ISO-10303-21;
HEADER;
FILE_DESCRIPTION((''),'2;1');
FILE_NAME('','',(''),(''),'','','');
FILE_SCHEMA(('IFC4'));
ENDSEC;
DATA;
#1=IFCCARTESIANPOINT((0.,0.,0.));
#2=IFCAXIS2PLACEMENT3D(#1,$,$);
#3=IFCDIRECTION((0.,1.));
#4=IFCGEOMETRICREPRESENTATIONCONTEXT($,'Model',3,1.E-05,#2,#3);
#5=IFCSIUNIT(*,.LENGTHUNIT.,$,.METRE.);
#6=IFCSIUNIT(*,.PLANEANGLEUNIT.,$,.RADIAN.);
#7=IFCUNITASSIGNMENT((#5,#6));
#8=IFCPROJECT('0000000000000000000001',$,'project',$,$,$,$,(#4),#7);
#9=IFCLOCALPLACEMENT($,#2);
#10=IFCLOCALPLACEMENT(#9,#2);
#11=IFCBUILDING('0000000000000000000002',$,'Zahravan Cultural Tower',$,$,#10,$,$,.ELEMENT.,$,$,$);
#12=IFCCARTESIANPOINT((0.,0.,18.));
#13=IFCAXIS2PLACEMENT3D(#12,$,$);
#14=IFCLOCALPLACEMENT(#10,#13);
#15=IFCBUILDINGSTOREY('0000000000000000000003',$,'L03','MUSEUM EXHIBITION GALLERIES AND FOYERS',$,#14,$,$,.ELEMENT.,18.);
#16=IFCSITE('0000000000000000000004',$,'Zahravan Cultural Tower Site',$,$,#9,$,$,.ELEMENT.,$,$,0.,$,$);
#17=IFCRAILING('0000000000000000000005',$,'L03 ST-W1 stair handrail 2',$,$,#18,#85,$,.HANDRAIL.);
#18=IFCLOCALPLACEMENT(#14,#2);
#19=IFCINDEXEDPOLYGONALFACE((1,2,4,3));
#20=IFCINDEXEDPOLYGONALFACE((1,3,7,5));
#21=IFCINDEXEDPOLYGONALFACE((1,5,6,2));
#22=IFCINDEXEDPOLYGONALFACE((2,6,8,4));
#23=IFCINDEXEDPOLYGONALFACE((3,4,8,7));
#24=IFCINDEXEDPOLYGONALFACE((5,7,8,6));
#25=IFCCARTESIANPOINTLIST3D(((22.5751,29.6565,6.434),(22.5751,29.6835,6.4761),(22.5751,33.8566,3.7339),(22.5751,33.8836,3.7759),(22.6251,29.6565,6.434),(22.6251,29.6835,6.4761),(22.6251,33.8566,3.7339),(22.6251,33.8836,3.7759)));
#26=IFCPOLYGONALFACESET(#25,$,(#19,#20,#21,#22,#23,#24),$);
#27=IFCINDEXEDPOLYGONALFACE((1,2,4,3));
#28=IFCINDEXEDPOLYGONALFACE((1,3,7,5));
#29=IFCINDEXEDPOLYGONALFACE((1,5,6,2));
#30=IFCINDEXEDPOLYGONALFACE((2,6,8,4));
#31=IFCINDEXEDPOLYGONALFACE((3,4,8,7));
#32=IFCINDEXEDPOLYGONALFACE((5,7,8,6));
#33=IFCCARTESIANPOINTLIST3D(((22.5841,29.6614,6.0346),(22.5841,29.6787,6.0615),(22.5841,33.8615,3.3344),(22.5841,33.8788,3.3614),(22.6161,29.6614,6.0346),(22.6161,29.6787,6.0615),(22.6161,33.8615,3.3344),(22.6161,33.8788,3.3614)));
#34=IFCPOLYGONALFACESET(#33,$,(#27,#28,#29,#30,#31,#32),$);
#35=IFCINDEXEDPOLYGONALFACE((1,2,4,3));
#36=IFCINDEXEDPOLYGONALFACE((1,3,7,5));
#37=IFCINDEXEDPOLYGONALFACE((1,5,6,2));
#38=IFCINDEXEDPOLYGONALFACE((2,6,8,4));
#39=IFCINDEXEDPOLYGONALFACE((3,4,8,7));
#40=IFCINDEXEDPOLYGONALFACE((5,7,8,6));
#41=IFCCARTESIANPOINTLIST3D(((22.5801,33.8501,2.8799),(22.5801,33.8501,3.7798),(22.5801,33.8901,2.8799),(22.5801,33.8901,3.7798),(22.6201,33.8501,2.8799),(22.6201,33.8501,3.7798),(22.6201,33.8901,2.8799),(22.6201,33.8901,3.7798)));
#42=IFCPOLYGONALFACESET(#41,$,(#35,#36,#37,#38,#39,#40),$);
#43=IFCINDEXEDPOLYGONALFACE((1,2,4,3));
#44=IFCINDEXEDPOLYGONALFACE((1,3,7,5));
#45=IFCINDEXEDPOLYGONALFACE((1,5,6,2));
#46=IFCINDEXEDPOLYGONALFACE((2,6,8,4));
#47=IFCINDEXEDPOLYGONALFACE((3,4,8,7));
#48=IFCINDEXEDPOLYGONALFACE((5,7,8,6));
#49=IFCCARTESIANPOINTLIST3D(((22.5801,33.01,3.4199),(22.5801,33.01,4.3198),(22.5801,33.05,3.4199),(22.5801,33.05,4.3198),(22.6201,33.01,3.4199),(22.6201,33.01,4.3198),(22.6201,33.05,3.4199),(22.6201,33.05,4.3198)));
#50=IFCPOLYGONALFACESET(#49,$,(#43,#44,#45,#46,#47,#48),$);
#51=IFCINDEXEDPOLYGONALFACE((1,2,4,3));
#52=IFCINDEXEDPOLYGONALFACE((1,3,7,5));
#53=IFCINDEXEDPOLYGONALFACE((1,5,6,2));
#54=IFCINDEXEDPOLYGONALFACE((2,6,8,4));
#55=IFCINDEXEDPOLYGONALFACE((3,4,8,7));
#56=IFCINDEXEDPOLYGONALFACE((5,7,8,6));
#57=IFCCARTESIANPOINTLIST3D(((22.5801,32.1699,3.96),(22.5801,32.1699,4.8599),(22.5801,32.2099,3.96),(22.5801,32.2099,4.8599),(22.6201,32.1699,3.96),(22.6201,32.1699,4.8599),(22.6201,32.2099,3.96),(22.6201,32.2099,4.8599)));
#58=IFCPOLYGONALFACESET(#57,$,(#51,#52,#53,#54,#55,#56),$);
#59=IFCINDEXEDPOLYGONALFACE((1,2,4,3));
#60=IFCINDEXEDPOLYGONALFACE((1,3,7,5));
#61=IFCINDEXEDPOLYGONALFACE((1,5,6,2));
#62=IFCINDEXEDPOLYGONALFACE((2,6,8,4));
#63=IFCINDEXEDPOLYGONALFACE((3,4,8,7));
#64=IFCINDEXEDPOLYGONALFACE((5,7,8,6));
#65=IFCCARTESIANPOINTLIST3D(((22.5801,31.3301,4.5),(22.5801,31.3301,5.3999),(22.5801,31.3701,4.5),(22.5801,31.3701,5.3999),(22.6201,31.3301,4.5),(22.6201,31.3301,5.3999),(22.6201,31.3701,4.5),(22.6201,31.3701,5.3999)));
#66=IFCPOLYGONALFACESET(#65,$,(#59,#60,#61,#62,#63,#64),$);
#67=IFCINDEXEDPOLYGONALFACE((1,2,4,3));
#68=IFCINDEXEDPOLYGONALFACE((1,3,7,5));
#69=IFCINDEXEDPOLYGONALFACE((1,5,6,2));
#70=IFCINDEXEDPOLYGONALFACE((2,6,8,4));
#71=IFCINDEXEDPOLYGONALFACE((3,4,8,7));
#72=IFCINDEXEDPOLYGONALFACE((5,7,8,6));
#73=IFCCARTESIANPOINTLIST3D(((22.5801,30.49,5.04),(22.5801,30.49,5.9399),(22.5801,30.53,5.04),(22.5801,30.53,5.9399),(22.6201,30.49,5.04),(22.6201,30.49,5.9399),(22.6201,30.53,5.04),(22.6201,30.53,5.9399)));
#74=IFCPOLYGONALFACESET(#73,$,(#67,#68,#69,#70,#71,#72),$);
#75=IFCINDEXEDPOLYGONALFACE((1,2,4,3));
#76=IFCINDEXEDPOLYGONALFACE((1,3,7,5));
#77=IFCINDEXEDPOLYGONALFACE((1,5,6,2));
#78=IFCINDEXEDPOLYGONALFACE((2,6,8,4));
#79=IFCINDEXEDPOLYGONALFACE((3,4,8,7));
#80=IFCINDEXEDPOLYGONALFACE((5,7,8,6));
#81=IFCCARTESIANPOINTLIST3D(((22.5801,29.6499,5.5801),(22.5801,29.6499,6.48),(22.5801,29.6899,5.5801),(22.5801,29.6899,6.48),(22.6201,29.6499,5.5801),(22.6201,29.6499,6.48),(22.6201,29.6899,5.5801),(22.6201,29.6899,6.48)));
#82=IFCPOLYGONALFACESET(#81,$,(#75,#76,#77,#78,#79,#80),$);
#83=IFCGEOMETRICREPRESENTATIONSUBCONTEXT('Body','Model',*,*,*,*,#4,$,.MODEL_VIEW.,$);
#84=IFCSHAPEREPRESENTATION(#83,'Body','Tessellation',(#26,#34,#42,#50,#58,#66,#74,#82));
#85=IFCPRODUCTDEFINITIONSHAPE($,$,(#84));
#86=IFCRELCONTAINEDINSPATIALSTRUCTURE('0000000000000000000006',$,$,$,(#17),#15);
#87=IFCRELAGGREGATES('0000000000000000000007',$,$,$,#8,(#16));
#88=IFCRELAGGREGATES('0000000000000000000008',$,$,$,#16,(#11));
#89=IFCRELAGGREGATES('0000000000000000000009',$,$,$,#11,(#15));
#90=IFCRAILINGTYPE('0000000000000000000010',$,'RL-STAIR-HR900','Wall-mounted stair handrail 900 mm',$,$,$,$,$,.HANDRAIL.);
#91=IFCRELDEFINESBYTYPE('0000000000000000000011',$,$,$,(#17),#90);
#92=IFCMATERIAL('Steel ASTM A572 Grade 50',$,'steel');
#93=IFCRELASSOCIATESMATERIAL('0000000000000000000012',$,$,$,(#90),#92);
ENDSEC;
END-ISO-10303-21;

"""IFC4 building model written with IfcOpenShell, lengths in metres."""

from ifc_helpers import new_model, si_unit, direction, frame, origin, origin_2d, place, context, subcontext, project, spatial, rectangle, extrude, material, type_object, element, save


model = new_model("IFC4")

# Units and contexts
model_context = context("Model", 3, precision=1e-05, world=origin(), true_north=direction((0.0, 1.0)))
body_context = subcontext(model_context, "Body", "Model", "MODEL_VIEW")
ifc_project = project(units=[si_unit("LENGTHUNIT", "METRE"), si_unit("PLANEANGLEUNIT", "RADIAN")], contexts=[model_context])

# Site, building, storey
site_placement = place(None, origin())
site = spatial("IfcSite", under=ifc_project, at=site_placement, Name="Zahravan Cultural Tower Site", CompositionType="ELEMENT", RefElevation=0.0)
building_placement = place(site_placement, origin())
building = spatial("IfcBuilding", under=site, at=building_placement, Name="Zahravan Cultural Tower", CompositionType="ELEMENT")
storey_placement = place(building_placement, frame((0.0, 0.0, 18.0)))
storey = spatial("IfcBuildingStorey", under=building, at=storey_placement, Name="L03", Description="MUSEUM EXHIBITION GALLERIES AND FOYERS", CompositionType="ELEMENT", Elevation=18.0)

# Shared definitions
ifc_material_1 = material(Name="Steel ASTM A572 Grade 50", Category="steel")

# Railing
railing_type_1 = type_object("IfcRailingType", Name="RL-STAIR-HR900", Description="Wall-mounted stair handrail 900 mm", PredefinedType="HANDRAIL", material=ifc_material_1)
railing_1_placement = place(storey_placement, frame((22.6001, 33.8701, 2.8799)))
element("IfcRailing", 1, at=railing_1_placement, inside=storey, type_object=railing_type_1, Name="L03 ST-W1 stair handrail 2", PredefinedType="HANDRAIL", context=body_context, shape_type="SweptSolid", body=[
    extrude(rectangle(XDim=0.05, YDim=0.05, at=origin_2d()), frame((0.0, 0.0, 0.875), z_axis=(0.0, -0.841172, 0.540767), x_axis=(1.0, 0.0, 0.0)), (0.0, 0.0, 1.0), 4.9932),
    extrude(rectangle(XDim=0.032, YDim=0.032, at=origin_2d()), frame((0.0, 0.0, 0.468), z_axis=(0.0, -0.841172, 0.540767), x_axis=(1.0, 0.0, 0.0)), (0.0, 0.0, 1.0), 4.9932),
    extrude(rectangle(XDim=0.04, YDim=0.04, at=origin_2d()), origin(), (0.0, 0.0, 1.0), 0.8999),
    extrude(rectangle(XDim=0.04, YDim=0.04, at=origin_2d()), frame((0.0, -0.8401, 0.54)), (0.0, 0.0, 1.0), 0.8999),
    extrude(rectangle(XDim=0.04, YDim=0.04, at=origin_2d()), frame((0.0, -1.6802, 1.0801)), (0.0, 0.0, 1.0), 0.8999),
    extrude(rectangle(XDim=0.04, YDim=0.04, at=origin_2d()), frame((0.0, -2.52, 1.6201)), (0.0, 0.0, 1.0), 0.8999),
    extrude(rectangle(XDim=0.04, YDim=0.04, at=origin_2d()), frame((0.0, -3.3601, 2.1602)), (0.0, 0.0, 1.0), 0.8999),
    extrude(rectangle(XDim=0.04, YDim=0.04, at=origin_2d()), frame((0.0, -4.2002, 2.7002)), (0.0, 0.0, 1.0), 0.8999),
])

save(model, "model.ifc")
